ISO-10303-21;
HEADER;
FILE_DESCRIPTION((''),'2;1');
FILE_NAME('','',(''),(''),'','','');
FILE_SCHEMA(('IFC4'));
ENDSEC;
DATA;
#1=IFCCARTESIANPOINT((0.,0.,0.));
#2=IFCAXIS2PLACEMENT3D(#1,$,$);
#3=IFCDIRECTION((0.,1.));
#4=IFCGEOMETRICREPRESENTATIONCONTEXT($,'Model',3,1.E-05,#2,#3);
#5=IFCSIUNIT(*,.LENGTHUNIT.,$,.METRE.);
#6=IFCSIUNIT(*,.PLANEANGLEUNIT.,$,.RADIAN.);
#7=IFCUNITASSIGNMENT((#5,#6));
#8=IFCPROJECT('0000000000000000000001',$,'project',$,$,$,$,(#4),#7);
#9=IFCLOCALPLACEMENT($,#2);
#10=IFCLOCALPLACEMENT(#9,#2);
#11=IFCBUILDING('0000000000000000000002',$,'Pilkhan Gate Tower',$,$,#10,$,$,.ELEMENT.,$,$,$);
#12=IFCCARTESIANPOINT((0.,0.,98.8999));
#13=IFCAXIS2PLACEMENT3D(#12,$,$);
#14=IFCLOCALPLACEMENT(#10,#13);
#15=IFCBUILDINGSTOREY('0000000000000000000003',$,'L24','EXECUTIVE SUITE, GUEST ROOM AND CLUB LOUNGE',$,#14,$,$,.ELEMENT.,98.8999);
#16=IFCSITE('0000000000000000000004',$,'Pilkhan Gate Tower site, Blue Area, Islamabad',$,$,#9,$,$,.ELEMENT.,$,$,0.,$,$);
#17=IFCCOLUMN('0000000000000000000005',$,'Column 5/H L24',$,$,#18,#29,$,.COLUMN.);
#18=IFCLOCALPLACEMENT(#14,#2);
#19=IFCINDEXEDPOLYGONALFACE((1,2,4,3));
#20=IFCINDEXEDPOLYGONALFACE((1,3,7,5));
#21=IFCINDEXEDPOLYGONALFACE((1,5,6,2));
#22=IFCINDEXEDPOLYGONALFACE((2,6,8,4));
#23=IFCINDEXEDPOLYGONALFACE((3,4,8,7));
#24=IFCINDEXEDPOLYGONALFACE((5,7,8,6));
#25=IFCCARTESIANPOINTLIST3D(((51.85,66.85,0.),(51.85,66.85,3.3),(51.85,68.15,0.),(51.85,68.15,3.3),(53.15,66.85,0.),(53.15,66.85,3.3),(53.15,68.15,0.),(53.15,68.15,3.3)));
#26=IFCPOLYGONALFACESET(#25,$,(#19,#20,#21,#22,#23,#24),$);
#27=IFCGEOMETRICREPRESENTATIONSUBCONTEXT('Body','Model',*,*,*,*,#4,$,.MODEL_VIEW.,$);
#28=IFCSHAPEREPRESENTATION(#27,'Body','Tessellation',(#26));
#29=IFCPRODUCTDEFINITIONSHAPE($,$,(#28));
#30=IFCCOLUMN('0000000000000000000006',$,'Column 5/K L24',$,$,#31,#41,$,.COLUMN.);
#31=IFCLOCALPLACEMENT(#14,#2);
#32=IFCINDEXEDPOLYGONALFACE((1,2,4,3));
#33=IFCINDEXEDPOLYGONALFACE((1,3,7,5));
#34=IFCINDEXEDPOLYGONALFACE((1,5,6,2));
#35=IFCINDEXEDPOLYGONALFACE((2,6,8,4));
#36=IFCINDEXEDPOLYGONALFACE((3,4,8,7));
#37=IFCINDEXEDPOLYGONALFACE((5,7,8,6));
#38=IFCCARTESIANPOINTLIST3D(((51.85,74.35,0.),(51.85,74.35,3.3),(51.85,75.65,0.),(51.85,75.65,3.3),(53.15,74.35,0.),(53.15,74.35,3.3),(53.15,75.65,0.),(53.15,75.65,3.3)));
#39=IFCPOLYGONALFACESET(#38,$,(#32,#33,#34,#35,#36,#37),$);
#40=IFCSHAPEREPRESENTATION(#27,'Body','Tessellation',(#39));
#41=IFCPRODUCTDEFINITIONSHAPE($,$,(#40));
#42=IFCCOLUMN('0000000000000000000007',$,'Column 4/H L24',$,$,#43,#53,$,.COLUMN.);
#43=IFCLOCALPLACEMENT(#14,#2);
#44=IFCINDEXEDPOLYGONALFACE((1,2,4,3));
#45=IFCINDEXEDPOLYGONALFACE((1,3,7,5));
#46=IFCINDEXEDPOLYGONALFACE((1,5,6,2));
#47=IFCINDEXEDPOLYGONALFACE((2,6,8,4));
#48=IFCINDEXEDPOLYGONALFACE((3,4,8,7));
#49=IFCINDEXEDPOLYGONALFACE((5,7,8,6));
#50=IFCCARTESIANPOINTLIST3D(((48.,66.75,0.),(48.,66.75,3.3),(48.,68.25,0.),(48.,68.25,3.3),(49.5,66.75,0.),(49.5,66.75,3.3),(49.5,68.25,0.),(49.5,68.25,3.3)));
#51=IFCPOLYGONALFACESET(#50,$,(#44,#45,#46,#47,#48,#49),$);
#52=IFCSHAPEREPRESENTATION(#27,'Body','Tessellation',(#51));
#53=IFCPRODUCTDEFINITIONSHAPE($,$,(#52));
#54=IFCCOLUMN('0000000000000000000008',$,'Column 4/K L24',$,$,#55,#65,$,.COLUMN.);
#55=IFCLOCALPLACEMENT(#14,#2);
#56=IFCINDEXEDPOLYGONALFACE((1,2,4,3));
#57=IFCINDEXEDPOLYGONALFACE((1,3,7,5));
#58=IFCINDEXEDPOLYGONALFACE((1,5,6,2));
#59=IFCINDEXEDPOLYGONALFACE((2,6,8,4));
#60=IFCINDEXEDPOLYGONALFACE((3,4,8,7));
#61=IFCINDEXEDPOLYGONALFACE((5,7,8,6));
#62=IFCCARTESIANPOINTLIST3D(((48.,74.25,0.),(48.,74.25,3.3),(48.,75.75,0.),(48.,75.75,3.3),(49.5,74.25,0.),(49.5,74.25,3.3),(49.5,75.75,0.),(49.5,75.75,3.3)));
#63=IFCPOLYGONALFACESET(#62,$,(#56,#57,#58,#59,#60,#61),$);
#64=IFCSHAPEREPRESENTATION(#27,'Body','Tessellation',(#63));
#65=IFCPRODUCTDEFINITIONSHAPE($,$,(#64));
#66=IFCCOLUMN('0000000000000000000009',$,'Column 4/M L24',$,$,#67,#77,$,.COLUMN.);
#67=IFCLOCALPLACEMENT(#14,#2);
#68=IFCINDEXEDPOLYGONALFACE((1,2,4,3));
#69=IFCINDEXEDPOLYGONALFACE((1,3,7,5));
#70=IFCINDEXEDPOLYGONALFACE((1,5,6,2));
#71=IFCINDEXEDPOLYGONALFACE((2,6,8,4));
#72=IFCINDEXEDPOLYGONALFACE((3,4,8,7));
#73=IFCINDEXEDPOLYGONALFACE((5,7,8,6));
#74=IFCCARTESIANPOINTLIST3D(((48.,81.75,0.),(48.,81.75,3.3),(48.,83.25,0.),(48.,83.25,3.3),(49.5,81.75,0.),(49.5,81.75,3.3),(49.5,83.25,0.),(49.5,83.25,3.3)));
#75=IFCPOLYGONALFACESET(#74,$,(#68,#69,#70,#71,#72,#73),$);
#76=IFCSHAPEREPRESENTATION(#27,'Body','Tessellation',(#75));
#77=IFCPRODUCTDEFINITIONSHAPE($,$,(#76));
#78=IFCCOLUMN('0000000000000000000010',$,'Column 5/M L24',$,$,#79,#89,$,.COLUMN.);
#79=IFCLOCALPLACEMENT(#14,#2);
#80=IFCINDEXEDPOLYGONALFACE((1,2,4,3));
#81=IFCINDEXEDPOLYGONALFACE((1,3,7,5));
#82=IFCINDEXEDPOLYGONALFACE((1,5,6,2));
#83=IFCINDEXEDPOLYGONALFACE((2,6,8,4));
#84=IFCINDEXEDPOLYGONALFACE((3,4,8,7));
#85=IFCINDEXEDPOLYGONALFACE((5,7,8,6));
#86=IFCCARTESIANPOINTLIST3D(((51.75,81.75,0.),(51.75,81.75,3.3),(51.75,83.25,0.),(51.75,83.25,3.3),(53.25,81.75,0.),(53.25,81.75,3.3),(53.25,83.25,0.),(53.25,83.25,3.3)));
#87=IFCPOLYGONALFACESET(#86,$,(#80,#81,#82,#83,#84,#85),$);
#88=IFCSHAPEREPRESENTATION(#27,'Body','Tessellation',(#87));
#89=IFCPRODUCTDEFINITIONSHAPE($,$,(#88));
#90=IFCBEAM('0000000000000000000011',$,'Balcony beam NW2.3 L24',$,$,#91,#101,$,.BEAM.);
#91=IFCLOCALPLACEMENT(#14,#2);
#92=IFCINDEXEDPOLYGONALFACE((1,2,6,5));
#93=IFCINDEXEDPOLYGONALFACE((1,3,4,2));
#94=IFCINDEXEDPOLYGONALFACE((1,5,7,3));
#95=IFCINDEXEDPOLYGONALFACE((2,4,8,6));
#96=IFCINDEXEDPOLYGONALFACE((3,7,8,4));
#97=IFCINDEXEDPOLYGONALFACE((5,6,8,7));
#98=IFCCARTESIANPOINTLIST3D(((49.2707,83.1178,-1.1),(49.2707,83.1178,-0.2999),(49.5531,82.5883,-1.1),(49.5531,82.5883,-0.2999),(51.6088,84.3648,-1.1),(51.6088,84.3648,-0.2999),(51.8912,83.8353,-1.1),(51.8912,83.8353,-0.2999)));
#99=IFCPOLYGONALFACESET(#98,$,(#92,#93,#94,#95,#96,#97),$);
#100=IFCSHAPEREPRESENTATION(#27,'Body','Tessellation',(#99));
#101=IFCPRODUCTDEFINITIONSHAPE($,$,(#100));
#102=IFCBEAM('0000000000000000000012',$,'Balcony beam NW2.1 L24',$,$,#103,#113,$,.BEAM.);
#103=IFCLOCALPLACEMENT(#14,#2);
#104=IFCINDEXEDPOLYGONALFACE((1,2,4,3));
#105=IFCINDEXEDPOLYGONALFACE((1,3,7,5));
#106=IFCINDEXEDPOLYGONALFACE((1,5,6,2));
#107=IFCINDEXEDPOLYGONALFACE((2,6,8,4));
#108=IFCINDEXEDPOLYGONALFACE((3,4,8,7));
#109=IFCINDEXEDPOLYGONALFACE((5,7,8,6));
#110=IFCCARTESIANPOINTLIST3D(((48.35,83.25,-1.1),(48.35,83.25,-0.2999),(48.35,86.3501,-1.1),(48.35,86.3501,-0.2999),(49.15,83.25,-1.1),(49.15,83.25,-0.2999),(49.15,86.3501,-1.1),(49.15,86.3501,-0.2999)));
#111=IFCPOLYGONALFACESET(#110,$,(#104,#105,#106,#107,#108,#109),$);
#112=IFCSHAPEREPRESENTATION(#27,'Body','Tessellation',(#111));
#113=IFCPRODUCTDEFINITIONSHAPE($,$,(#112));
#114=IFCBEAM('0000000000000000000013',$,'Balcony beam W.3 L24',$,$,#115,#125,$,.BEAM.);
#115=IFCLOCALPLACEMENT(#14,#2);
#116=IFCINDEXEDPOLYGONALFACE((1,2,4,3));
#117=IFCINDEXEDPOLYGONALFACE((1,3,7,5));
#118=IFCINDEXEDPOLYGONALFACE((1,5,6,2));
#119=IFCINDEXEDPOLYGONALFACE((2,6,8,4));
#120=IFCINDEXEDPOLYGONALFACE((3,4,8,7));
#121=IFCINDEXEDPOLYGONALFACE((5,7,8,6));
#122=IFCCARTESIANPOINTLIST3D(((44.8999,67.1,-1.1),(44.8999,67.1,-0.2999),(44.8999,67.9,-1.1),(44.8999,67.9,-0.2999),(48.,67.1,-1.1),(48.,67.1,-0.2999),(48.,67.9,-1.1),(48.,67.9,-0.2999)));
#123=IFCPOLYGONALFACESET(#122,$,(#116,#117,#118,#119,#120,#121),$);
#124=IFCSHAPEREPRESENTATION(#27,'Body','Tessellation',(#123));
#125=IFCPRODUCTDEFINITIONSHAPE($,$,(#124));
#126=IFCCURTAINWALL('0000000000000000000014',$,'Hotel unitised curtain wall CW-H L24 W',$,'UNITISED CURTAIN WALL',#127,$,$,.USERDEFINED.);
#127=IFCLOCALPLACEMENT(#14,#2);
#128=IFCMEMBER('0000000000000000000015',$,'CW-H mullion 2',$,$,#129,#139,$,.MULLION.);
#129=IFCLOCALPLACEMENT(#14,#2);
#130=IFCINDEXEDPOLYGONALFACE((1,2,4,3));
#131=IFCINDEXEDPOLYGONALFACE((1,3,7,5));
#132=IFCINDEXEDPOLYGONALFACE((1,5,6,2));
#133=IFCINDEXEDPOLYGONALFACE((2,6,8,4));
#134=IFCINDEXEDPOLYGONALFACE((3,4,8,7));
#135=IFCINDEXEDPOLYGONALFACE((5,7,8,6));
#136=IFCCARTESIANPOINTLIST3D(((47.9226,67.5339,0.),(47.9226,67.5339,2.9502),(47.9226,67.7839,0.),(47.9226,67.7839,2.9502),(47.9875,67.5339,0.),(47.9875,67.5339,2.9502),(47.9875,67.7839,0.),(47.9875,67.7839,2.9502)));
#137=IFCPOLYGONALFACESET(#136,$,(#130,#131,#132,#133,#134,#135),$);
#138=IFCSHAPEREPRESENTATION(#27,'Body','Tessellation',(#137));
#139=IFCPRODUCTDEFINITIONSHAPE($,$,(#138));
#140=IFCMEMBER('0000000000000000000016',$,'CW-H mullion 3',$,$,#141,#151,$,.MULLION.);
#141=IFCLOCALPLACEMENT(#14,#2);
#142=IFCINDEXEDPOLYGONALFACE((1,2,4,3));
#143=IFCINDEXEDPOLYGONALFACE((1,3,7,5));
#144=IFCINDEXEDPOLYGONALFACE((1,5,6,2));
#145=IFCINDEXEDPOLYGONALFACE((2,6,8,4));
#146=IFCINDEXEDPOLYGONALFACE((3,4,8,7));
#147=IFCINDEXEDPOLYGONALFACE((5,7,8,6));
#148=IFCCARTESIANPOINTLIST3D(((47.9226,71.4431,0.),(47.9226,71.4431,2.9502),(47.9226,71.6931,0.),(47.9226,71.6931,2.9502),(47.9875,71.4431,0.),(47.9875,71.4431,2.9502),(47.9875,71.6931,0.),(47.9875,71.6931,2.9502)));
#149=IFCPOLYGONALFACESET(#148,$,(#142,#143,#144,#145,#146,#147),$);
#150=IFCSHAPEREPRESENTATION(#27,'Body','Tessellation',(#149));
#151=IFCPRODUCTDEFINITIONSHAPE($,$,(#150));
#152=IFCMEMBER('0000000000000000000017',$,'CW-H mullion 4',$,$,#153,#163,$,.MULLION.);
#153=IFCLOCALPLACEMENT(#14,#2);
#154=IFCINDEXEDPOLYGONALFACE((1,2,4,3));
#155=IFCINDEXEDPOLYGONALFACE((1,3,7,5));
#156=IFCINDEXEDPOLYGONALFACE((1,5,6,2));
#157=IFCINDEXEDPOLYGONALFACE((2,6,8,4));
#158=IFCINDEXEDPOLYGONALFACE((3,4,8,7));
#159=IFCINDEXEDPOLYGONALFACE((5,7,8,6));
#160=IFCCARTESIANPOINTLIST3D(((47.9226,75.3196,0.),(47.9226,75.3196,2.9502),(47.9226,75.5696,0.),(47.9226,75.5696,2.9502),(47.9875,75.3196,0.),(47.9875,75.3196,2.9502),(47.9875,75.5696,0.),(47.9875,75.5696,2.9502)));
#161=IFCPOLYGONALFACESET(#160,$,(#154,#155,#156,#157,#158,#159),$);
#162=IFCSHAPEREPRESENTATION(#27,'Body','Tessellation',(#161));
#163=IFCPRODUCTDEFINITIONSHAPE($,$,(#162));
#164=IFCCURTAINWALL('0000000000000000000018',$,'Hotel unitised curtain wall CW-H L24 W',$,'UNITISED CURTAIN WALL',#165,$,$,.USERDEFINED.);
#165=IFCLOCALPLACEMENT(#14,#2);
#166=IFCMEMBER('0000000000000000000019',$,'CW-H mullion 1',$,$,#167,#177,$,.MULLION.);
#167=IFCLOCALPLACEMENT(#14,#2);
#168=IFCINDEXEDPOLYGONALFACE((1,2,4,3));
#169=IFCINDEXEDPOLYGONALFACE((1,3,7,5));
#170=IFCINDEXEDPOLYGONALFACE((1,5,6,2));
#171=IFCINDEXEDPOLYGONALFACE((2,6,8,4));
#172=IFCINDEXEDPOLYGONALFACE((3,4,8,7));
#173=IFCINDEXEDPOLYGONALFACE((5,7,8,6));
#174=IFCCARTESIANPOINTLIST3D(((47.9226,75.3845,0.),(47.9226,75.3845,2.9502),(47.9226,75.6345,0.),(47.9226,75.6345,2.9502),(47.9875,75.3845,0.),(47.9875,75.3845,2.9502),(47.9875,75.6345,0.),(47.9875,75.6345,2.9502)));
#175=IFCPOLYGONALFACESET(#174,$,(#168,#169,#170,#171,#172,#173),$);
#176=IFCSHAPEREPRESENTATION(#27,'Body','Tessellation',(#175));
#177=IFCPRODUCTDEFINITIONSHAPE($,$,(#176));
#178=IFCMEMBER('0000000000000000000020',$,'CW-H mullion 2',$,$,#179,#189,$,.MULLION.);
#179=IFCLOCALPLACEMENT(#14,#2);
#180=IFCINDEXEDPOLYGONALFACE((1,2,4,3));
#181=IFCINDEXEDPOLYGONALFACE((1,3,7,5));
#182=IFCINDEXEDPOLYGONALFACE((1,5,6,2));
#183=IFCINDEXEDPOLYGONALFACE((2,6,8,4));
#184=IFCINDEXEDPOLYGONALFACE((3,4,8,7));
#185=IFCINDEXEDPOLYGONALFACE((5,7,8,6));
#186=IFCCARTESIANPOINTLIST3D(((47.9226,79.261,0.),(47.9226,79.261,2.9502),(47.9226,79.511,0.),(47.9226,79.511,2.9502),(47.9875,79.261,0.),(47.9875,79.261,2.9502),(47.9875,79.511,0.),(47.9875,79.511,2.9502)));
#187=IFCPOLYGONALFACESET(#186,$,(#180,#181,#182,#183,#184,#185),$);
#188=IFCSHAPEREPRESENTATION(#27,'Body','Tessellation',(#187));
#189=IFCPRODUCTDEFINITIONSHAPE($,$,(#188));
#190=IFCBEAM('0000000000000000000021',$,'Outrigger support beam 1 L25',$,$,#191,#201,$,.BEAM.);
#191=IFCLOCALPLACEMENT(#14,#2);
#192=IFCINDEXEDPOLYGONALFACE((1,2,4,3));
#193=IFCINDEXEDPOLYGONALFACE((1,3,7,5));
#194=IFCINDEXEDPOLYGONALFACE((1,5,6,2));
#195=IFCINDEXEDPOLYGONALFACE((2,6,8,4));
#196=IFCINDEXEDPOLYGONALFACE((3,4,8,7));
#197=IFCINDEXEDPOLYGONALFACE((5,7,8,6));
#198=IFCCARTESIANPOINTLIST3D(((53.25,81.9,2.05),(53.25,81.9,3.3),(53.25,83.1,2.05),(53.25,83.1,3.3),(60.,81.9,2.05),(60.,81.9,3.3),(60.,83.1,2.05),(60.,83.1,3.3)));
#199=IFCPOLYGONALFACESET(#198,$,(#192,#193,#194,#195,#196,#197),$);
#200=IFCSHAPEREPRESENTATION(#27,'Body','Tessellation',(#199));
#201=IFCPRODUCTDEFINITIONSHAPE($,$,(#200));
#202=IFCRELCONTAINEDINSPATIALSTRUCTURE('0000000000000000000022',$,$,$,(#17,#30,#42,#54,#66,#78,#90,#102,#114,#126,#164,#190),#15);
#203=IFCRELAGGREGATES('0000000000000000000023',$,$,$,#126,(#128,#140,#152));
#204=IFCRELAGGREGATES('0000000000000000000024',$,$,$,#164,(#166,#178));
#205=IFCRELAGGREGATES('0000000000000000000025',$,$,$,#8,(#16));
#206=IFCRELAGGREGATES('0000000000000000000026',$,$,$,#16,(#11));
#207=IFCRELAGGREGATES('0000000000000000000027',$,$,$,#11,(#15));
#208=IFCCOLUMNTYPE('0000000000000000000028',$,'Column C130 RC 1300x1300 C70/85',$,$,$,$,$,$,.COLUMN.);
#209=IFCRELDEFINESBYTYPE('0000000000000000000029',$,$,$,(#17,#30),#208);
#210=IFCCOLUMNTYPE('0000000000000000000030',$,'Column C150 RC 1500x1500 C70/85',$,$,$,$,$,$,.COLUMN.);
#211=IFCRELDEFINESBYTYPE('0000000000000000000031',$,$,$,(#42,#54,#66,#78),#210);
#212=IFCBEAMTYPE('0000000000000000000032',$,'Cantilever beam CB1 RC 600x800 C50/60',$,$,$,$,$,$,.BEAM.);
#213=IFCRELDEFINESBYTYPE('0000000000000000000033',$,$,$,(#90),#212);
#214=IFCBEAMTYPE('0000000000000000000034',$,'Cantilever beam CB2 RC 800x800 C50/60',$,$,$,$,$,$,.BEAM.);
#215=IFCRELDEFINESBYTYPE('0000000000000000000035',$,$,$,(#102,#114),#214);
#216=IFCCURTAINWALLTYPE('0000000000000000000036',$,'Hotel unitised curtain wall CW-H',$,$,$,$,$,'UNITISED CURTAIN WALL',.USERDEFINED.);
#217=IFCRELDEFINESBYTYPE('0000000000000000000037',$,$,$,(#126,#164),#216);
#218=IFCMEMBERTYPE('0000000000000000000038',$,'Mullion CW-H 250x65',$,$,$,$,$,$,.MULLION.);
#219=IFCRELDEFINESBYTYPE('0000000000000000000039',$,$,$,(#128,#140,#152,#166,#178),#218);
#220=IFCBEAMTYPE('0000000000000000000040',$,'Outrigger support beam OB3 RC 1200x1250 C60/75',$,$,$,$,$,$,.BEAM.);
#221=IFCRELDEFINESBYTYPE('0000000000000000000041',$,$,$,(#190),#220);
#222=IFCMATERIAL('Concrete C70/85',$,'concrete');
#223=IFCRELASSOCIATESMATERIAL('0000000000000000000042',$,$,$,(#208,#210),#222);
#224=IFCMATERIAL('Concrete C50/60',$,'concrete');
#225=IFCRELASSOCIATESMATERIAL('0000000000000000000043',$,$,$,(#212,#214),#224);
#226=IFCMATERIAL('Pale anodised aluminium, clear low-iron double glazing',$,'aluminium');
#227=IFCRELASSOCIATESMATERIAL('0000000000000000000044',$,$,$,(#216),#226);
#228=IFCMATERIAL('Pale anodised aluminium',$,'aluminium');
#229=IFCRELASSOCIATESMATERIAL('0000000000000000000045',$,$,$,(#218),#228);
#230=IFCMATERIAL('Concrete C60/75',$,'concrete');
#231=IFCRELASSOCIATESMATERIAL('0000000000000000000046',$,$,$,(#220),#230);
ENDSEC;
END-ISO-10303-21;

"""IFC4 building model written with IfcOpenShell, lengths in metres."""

from ifc_helpers import new_model, si_unit, direction, frame, origin, origin_2d, place, context, subcontext, project, spatial, rectangle, extrude, material, material_profile, profile_set, type_object, element, aggregate, save


model = new_model("IFC4")

# Units and contexts
model_context = context("Model", 3, precision=1e-05, world=origin(), true_north=direction((0.0, 1.0)))
body_context = subcontext(model_context, "Body", "Model", "MODEL_VIEW")
ifc_project = project(units=[si_unit("LENGTHUNIT", "METRE"), si_unit("PLANEANGLEUNIT", "RADIAN")], contexts=[model_context])

# Site, building, storey
site_placement = place(None, origin())
site = spatial("IfcSite", under=ifc_project, at=site_placement, Name="Pilkhan Gate Tower site, Blue Area, Islamabad", CompositionType="ELEMENT", RefElevation=0.0)
building_placement = place(site_placement, origin())
building = spatial("IfcBuilding", under=site, at=building_placement, Name="Pilkhan Gate Tower", CompositionType="ELEMENT")
storey_placement = place(building_placement, frame((0.0, 0.0, 98.8999)))
storey = spatial("IfcBuildingStorey", under=building, at=storey_placement, Name="L24", Description="EXECUTIVE SUITE, GUEST ROOM AND CLUB LOUNGE", CompositionType="ELEMENT", Elevation=98.8999)

# Columns
ifc_material_1 = material(Name="Concrete C70/85", Category="concrete")
ifc_material_profile_1 = material_profile(ifc_material_1, rectangle(XDim=1.3, YDim=1.3, at=origin_2d()), Name="RC 1300x1300")
ifc_profile_set_1 = profile_set([ifc_material_profile_1], Name="Concrete C70/85")
column_type_1 = type_object("IfcColumnType", Name="Column C130 RC 1300x1300 C70/85", PredefinedType="COLUMN", material=ifc_profile_set_1)
for number, where, z_axis, x_axis, name in (
    (1, (52.5, 67.5, 0.0), (0.0, 0.0, 1.0), (1.0, 0.0, 0.0), "Column 5/H L24"),
    (2, (52.5, 75.0, 0.0), (0.0, 0.0, 1.0), (1.0, 0.0, 0.0), "Column 5/K L24"),
):
    element("IfcColumn", number, at=place(storey_placement, frame(where, z_axis=z_axis, x_axis=x_axis)), inside=storey, type_object=column_type_1, Name=name, PredefinedType="COLUMN", context=body_context, shape_type="SweptSolid", body=[
        extrude(rectangle(XDim=1.3, YDim=1.3, at=origin_2d()), origin(), (0.0, 0.0, 1.0), 3.3),
    ])
ifc_material_profile_2 = material_profile(ifc_material_1, rectangle(XDim=1.5, YDim=1.5, at=origin_2d()), Name="RC 1500x1500")
ifc_profile_set_2 = profile_set([ifc_material_profile_2], Name="Concrete C70/85")
column_type_2 = type_object("IfcColumnType", Name="Column C150 RC 1500x1500 C70/85", PredefinedType="COLUMN", material=ifc_profile_set_2)
for number, where, z_axis, x_axis, name in (
    (3, (48.75, 67.5, 0.0), (0.0, 0.0, 1.0), (1.0, 0.0, 0.0), "Column 4/H L24"),
    (4, (48.75, 75.0, 0.0), (0.0, 0.0, 1.0), (1.0, 0.0, 0.0), "Column 4/K L24"),
    (5, (48.75, 82.5, 0.0), (0.0, 0.0, 1.0), (1.0, 0.0, 0.0), "Column 4/M L24"),
    (6, (52.5, 82.5, 0.0), (0.0, 0.0, 1.0), (1.0, 0.0, 0.0), "Column 5/M L24"),
):
    element("IfcColumn", number, at=place(storey_placement, frame(where, z_axis=z_axis, x_axis=x_axis)), inside=storey, type_object=column_type_2, Name=name, PredefinedType="COLUMN", context=body_context, shape_type="SweptSolid", body=[
        extrude(rectangle(XDim=1.5, YDim=1.5, at=origin_2d()), origin(), (0.0, 0.0, 1.0), 3.3),
    ])

# Beams
ifc_material_2 = material(Name="Concrete C50/60", Category="concrete")
ifc_material_profile_3 = material_profile(ifc_material_2, rectangle(XDim=0.6001, YDim=0.8, at=origin_2d()), Name="RC 600x800")
ifc_profile_set_3 = profile_set([ifc_material_profile_3], Name="Concrete C50/60")
beam_type_1 = type_object("IfcBeamType", Name="Cantilever beam CB1 RC 600x800 C50/60", PredefinedType="BEAM", material=ifc_profile_set_3)
beam_1_placement = place(storey_placement, frame((49.4119, 82.853, -0.7), z_axis=(0.882343, 0.470607, 0.0), x_axis=(-0.470607, 0.882343, 0.0)))
element("IfcBeam", 7, at=beam_1_placement, inside=storey, type_object=beam_type_1, Name="Balcony beam NW2.3 L24", PredefinedType="BEAM", context=body_context, shape_type="SweptSolid", body=[
    extrude(rectangle(XDim=0.6001, YDim=0.8, at=origin_2d()), origin(), (0.0, 0.0, 1.0), 2.6499),
])
ifc_material_profile_4 = material_profile(ifc_material_2, rectangle(XDim=0.8, YDim=0.8, at=origin_2d()), Name="RC 800x800")
ifc_profile_set_4 = profile_set([ifc_material_profile_4], Name="Concrete C50/60")
beam_type_2 = type_object("IfcBeamType", Name="Cantilever beam CB2 RC 800x800 C50/60", PredefinedType="BEAM", material=ifc_profile_set_4)
for number, where, z_axis, x_axis, name in (
    (8, (48.75, 83.25, -0.7), (0.0, 1.0, 0.0), (-1.0, 0.0, 0.0), "Balcony beam NW2.1 L24"),
    (9, (48.0, 67.5, -0.7), (-1.0, 0.0, 0.0), (0.0, -1.0, 0.0), "Balcony beam W.3 L24"),
):
    element("IfcBeam", number, at=place(storey_placement, frame(where, z_axis=z_axis, x_axis=x_axis)), inside=storey, type_object=beam_type_2, Name=name, PredefinedType="BEAM", context=body_context, shape_type="SweptSolid", body=[
        extrude(rectangle(XDim=0.8, YDim=0.8, at=origin_2d()), origin(), (0.0, 0.0, 1.0), 3.1001),
    ])

# Curtain walls, members
ifc_material_3 = material(Name="Pale anodised aluminium, clear low-iron double glazing", Category="aluminium")
curtain_wall_type = type_object("IfcCurtainWallType", Name="Hotel unitised curtain wall CW-H", ElementType="UNITISED CURTAIN WALL", PredefinedType="USERDEFINED", material=ifc_material_3)
curtain_wall_1_placement = place(storey_placement, origin())
curtain_wall_1 = element("IfcCurtainWall", 10, at=curtain_wall_1_placement, inside=storey, type_object=curtain_wall_type, Name="Hotel unitised curtain wall CW-H L24 W", ObjectType="UNITISED CURTAIN WALL", PredefinedType="USERDEFINED")
ifc_material_4 = material(Name="Pale anodised aluminium", Category="aluminium")
ifc_material_profile_5 = material_profile(ifc_material_4, rectangle(XDim=0.0649, YDim=0.25, at=origin_2d()), Name="Mullion 250x65")
ifc_profile_set_5 = profile_set([ifc_material_profile_5], Name="Pale anodised aluminium")
member_type_1 = type_object("IfcMemberType", Name="Mullion CW-H 250x65", PredefinedType="MULLION", material=ifc_profile_set_5)
member_1_placement = place(storey_placement, frame((47.9551, 67.6589, 0.0), z_axis=(0.0, 0.0, 1.0), x_axis=(-1.0, 0.0, 0.0)))
member_1 = element("IfcMember", 11, at=member_1_placement, type_object=member_type_1, Name="CW-H mullion 2", PredefinedType="MULLION", context=body_context, shape_type="SweptSolid", body=[
    extrude(rectangle(XDim=0.0649, YDim=0.25, at=origin_2d()), origin(), (0.0, 0.0, 1.0), 2.9502),
])
member_2_placement = place(storey_placement, frame((47.9551, 71.5681, 0.0), z_axis=(0.0, 0.0, 1.0), x_axis=(-1.0, 0.0, 0.0)))
member_2 = element("IfcMember", 12, at=member_2_placement, type_object=member_type_1, Name="CW-H mullion 3", PredefinedType="MULLION", context=body_context, shape_type="SweptSolid", body=[
    extrude(rectangle(XDim=0.0649, YDim=0.25, at=origin_2d()), origin(), (0.0, 0.0, 1.0), 2.9502),
])
member_3_placement = place(storey_placement, frame((47.9551, 75.4446, 0.0), z_axis=(0.0, 0.0, 1.0), x_axis=(-1.0, 0.0, 0.0)))
member_3 = element("IfcMember", 13, at=member_3_placement, type_object=member_type_1, Name="CW-H mullion 4", PredefinedType="MULLION", context=body_context, shape_type="SweptSolid", body=[
    extrude(rectangle(XDim=0.0649, YDim=0.25, at=origin_2d()), origin(), (0.0, 0.0, 1.0), 2.9502),
])
curtain_wall_2_placement = place(storey_placement, origin())
curtain_wall_2 = element("IfcCurtainWall", 14, at=curtain_wall_2_placement, inside=storey, type_object=curtain_wall_type, Name="Hotel unitised curtain wall CW-H L24 W", ObjectType="UNITISED CURTAIN WALL", PredefinedType="USERDEFINED")
member_4_placement = place(storey_placement, frame((47.9551, 75.5095, 0.0), z_axis=(0.0, 0.0, 1.0), x_axis=(-1.0, 0.0, 0.0)))
member_4 = element("IfcMember", 15, at=member_4_placement, type_object=member_type_1, Name="CW-H mullion 1", PredefinedType="MULLION", context=body_context, shape_type="SweptSolid", body=[
    extrude(rectangle(XDim=0.0649, YDim=0.25, at=origin_2d()), origin(), (0.0, 0.0, 1.0), 2.9502),
])
member_5_placement = place(storey_placement, frame((47.9551, 79.386, 0.0), z_axis=(0.0, 0.0, 1.0), x_axis=(-1.0, 0.0, 0.0)))
member_5 = element("IfcMember", 16, at=member_5_placement, type_object=member_type_1, Name="CW-H mullion 2", PredefinedType="MULLION", context=body_context, shape_type="SweptSolid", body=[
    extrude(rectangle(XDim=0.0649, YDim=0.25, at=origin_2d()), origin(), (0.0, 0.0, 1.0), 2.9502),
])

# Beam
ifc_material_5 = material(Name="Concrete C60/75", Category="concrete")
ifc_material_profile_6 = material_profile(ifc_material_5, rectangle(XDim=1.2, YDim=1.25, at=origin_2d()), Name="RC 1200x1250")
ifc_profile_set_6 = profile_set([ifc_material_profile_6], Name="Concrete C60/75")
beam_type_3 = type_object("IfcBeamType", Name="Outrigger support beam OB3 RC 1200x1250 C60/75", PredefinedType="BEAM", material=ifc_profile_set_6)
beam_2_placement = place(storey_placement, frame((53.25, 82.5, 2.675), z_axis=(1.0, 0.0, 0.0), x_axis=(0.0, 1.0, 0.0)))
element("IfcBeam", 17, at=beam_2_placement, inside=storey, type_object=beam_type_3, Name="Outrigger support beam 1 L25", PredefinedType="BEAM", context=body_context, shape_type="SweptSolid", body=[
    extrude(rectangle(XDim=1.2, YDim=1.25, at=origin_2d()), origin(), (0.0, 0.0, 1.0), 6.75),
])

aggregate(curtain_wall_1, [member_1, member_2, member_3])
aggregate(curtain_wall_2, [member_4, member_5])

save(model, "model.ifc")
